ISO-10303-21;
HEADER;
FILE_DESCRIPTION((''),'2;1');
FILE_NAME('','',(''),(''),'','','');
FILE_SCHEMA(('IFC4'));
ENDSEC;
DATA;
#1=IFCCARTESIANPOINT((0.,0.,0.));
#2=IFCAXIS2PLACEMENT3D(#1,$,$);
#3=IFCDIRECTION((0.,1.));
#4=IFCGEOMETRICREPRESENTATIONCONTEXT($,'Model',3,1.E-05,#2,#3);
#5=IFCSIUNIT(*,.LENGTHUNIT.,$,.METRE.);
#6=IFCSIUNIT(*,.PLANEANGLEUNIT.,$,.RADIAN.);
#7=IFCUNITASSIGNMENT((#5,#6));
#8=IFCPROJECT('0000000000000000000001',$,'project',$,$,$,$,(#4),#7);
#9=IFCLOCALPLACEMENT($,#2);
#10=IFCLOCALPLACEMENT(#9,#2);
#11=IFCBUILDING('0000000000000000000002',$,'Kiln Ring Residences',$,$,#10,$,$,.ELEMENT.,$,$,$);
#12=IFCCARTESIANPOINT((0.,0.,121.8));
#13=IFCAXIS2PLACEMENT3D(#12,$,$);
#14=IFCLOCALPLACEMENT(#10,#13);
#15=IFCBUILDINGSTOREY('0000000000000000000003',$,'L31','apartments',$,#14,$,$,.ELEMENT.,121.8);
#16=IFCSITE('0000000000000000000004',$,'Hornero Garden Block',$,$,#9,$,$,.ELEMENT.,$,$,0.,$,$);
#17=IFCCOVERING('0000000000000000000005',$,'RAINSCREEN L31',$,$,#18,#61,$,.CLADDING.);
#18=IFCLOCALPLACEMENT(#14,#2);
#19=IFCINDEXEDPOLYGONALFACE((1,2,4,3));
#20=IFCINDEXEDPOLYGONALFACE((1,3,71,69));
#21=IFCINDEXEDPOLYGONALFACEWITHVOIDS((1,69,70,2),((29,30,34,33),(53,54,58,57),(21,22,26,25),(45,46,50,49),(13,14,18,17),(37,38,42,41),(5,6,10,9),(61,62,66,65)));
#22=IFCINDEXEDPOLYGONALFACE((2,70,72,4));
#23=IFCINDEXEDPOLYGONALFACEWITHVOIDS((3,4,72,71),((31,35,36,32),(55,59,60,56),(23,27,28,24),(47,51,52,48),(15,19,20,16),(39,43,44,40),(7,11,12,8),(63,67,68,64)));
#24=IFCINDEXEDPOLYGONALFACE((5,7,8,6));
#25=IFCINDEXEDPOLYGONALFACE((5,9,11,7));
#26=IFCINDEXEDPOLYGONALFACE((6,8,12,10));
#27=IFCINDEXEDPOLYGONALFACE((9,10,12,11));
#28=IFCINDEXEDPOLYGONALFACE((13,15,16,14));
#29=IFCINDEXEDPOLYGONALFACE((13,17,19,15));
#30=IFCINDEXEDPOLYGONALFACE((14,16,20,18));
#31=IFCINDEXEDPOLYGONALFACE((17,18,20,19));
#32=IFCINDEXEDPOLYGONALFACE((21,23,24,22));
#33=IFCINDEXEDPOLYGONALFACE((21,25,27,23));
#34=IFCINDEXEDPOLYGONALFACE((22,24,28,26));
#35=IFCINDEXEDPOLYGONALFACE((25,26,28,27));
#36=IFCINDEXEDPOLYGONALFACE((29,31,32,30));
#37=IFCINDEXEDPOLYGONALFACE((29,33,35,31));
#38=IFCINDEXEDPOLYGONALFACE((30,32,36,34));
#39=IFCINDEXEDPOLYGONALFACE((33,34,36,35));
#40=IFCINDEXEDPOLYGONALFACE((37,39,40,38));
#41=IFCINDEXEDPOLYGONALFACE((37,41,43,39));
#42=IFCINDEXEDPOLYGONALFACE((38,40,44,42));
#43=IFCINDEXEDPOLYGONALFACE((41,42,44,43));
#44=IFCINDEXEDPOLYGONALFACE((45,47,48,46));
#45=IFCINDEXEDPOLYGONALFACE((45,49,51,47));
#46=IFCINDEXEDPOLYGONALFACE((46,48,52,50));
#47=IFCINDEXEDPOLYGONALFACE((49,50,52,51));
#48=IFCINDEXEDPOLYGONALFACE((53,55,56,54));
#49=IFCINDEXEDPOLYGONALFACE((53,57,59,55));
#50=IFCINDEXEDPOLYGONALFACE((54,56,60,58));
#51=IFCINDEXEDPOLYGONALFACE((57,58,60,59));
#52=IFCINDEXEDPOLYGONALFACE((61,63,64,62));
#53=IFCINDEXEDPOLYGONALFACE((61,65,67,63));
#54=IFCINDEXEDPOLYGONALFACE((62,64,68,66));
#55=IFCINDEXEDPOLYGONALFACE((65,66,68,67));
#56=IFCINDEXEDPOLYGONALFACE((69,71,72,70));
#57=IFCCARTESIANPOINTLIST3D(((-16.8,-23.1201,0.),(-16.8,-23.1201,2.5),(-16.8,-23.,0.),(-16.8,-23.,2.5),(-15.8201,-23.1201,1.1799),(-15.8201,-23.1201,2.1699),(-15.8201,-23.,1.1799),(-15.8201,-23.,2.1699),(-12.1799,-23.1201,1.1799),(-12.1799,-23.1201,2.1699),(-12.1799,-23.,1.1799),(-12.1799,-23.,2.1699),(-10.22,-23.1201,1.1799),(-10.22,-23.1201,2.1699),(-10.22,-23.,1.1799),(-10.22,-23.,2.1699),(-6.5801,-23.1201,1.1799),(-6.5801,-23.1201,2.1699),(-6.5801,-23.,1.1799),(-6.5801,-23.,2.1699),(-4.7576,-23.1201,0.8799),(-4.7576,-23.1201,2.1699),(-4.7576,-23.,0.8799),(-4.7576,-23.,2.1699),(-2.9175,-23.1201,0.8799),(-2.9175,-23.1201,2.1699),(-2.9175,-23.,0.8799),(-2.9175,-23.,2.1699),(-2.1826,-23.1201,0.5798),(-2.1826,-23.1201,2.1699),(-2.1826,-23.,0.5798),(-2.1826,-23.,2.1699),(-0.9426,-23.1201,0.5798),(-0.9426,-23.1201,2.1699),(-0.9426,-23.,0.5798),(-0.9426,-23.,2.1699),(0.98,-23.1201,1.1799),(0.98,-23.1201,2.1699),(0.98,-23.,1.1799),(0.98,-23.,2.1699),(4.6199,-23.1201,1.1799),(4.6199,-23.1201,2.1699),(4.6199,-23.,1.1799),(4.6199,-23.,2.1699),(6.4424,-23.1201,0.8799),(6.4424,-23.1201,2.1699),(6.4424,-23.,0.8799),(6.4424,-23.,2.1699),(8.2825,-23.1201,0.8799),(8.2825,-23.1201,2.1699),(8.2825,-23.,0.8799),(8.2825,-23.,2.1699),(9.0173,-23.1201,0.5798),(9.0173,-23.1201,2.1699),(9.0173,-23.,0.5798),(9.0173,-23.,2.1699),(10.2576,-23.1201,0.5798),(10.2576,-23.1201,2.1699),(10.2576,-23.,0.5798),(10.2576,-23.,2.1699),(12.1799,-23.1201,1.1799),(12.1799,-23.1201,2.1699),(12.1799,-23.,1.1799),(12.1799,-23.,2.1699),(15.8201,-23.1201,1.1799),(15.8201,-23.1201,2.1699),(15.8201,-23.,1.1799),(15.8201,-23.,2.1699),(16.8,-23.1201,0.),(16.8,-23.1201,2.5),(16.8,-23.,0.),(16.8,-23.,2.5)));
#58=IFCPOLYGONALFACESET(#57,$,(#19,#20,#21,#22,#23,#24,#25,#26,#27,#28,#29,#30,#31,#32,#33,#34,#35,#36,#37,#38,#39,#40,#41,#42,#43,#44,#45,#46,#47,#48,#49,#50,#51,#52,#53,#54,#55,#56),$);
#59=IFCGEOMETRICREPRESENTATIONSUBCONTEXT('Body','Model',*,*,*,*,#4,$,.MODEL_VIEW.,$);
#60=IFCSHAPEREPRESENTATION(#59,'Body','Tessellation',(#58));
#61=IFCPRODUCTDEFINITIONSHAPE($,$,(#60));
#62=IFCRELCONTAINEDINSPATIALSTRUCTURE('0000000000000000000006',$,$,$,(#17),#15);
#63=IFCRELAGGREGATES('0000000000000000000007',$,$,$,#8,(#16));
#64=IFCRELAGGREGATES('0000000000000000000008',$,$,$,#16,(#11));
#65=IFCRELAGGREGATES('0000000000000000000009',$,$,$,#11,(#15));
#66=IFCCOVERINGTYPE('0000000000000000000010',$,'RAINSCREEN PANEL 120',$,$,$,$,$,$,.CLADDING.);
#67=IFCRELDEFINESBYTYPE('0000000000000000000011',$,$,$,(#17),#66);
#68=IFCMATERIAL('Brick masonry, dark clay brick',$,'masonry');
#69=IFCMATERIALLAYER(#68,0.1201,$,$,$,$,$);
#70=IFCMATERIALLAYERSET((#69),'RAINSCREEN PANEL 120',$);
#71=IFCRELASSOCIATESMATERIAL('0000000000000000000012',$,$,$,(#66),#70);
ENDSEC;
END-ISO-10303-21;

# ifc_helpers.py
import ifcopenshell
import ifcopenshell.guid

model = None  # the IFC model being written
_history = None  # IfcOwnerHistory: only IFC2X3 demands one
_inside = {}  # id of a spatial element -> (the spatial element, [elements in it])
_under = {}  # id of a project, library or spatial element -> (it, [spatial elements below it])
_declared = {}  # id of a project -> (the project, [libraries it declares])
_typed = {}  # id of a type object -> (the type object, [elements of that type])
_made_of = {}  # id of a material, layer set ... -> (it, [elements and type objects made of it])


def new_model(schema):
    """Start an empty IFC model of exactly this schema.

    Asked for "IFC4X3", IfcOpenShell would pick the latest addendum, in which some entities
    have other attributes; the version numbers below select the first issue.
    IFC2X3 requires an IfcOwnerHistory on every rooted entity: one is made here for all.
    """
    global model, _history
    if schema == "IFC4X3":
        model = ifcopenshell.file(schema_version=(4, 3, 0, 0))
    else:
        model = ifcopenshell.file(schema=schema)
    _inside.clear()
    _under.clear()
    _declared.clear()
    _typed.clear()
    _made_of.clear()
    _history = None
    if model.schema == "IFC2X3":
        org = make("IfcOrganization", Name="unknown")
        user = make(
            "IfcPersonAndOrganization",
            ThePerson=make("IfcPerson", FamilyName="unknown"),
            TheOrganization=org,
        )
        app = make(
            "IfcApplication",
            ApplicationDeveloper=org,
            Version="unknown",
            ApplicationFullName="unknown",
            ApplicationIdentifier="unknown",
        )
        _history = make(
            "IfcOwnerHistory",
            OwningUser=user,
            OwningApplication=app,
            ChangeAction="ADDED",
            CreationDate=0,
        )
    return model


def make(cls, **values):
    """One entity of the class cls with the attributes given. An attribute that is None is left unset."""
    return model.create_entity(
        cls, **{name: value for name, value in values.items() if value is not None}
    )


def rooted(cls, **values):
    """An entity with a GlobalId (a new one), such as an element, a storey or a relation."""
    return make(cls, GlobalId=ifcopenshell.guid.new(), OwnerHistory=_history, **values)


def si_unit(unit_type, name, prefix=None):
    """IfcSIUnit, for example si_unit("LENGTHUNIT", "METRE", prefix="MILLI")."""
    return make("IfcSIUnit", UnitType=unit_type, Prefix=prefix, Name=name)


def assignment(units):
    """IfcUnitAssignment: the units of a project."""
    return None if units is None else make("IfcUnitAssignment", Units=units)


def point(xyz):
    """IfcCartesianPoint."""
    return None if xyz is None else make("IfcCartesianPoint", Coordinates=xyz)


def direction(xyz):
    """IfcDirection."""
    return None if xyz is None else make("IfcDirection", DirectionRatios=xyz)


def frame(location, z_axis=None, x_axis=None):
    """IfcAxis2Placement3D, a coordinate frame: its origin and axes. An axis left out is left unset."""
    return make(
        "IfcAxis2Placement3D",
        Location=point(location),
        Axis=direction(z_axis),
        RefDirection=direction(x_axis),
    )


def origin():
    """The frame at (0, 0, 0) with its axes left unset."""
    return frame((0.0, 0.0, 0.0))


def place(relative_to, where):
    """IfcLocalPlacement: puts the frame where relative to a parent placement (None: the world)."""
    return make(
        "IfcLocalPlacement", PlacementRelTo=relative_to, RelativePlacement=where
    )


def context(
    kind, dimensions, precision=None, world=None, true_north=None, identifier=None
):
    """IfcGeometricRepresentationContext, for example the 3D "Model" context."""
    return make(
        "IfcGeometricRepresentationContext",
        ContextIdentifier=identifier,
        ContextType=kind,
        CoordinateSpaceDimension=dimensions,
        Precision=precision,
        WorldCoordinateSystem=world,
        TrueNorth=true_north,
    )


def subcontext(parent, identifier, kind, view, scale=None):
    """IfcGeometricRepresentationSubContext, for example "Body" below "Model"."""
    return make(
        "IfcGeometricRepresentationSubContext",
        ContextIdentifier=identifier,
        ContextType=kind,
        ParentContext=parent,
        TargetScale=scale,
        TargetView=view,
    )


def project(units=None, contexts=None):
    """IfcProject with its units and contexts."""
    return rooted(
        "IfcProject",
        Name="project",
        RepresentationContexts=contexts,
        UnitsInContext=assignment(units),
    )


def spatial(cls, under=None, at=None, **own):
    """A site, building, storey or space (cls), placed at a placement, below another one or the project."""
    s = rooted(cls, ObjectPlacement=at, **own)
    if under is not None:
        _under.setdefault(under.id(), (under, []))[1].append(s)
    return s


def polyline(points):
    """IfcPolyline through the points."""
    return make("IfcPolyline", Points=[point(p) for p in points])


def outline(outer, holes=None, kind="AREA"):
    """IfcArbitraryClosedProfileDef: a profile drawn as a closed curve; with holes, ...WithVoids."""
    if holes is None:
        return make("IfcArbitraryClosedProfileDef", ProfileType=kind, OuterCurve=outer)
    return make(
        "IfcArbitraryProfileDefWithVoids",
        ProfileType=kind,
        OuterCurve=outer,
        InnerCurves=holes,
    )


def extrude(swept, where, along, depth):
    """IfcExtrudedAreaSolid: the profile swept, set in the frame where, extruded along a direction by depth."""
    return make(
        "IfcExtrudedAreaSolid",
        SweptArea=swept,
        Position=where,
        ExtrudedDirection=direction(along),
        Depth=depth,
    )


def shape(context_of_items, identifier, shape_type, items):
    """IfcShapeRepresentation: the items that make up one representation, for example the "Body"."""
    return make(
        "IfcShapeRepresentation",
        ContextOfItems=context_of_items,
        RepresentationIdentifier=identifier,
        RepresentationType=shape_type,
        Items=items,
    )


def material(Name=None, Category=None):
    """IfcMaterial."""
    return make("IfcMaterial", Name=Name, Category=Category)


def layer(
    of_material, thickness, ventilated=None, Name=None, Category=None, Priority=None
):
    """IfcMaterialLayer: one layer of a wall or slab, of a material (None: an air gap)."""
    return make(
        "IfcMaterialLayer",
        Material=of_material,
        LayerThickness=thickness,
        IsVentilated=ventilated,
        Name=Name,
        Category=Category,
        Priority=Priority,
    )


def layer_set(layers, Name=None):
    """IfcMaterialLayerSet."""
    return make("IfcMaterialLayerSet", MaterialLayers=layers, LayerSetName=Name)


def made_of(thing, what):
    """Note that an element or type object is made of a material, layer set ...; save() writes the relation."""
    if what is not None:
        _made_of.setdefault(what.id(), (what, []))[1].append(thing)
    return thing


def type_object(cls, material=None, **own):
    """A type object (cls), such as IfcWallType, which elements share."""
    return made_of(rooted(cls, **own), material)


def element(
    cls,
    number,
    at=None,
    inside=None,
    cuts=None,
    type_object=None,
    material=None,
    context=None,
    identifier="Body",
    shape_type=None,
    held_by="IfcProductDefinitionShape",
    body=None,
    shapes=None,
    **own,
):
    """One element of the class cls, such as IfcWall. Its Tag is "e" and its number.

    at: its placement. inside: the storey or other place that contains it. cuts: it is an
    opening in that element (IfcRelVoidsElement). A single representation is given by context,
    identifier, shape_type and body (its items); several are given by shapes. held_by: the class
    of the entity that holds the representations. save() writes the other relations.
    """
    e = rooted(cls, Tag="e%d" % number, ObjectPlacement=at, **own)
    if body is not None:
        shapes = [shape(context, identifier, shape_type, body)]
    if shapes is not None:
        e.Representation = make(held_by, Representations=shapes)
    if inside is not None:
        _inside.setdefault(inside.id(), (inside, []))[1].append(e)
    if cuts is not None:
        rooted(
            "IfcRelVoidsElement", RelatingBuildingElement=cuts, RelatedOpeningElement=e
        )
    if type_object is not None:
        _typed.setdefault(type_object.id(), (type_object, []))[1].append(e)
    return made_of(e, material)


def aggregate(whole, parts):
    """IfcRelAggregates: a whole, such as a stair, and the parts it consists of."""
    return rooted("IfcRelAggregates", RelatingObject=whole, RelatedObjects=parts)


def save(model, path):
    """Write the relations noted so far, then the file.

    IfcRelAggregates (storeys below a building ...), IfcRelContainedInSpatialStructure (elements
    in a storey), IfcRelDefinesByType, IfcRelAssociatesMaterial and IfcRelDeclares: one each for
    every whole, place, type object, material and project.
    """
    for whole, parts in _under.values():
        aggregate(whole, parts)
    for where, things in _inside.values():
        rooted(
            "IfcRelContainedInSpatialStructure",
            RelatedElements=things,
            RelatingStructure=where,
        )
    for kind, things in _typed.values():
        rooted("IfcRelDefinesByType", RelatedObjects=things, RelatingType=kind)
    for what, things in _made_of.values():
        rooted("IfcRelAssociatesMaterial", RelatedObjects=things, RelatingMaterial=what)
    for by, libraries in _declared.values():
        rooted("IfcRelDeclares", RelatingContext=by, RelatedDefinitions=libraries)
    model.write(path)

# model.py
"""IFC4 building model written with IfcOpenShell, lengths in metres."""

from ifc_helpers import new_model, si_unit, direction, frame, origin, place, context, subcontext, project, spatial, polyline, outline, extrude, material, layer, layer_set, type_object, element, save


model = new_model("IFC4")

# Units and contexts
model_context = context("Model", 3, precision=1e-05, world=origin(), true_north=direction((0.0, 1.0)))
body_context = subcontext(model_context, "Body", "Model", "MODEL_VIEW")
ifc_project = project(units=[si_unit("LENGTHUNIT", "METRE"), si_unit("PLANEANGLEUNIT", "RADIAN")], contexts=[model_context])

# Site, building, storey
site_placement = place(None, origin())
site = spatial("IfcSite", under=ifc_project, at=site_placement, Name="Hornero Garden Block", CompositionType="ELEMENT", RefElevation=0.0)
building_placement = place(site_placement, origin())
building = spatial("IfcBuilding", under=site, at=building_placement, Name="Kiln Ring Residences", CompositionType="ELEMENT")
storey_placement = place(building_placement, frame((0.0, 0.0, 121.8)))
storey = spatial("IfcBuildingStorey", under=building, at=storey_placement, Name="L31", Description="apartments", CompositionType="ELEMENT", Elevation=121.8)

# Covering
ifc_material_1 = material(Name="Brick masonry, dark clay brick", Category="masonry")
ifc_layer_1 = layer(ifc_material_1, 0.1201)
ifc_layer_set_1 = layer_set([ifc_layer_1], Name="RAINSCREEN PANEL 120")
covering_type = type_object("IfcCoveringType", Name="RAINSCREEN PANEL 120", PredefinedType="CLADDING", material=ifc_layer_set_1)
covering_placement = place(storey_placement, frame((-16.8, -23.0601, 0.0), z_axis=(0.0, 0.0, 1.0), x_axis=(1.0, 0.0, 0.0)))
element("IfcCovering", 1, at=covering_placement, inside=storey, type_object=covering_type, Name="RAINSCREEN L31", PredefinedType="CLADDING", context=body_context, shape_type="SweptSolid", body=[
    extrude(outline(polyline([(0.0, 0.0), (33.6001, 0.0), (33.6001, 2.5), (0.0, 2.5), (0.0, 0.0)]), holes=[polyline([(14.6174, 0.5798), (15.8574, 0.5798), (15.8574, 2.1699), (14.6174, 2.1699), (14.6174, 0.5798)]), polyline([(25.8174, 0.5798), (27.0576, 0.5798), (27.0576, 2.1699), (25.8174, 2.1699), (25.8174, 0.5798)]), polyline([(12.0425, 0.8799), (13.8826, 0.8799), (13.8826, 2.1699), (12.0425, 2.1699), (12.0425, 0.8799)]), polyline([(23.2424, 0.8799), (25.0825, 0.8799), (25.0825, 2.1699), (23.2424, 2.1699), (23.2424, 0.8799)]), polyline([(0.98, 1.1799), (4.6201, 1.1799), (4.6201, 2.1699), (0.98, 2.1699), (0.98, 1.1799)]), polyline([(6.5801, 1.1799), (10.22, 1.1799), (10.22, 2.1699), (6.5801, 2.1699), (6.5801, 1.1799)]), polyline([(17.78, 1.1799), (21.4199, 1.1799), (21.4199, 2.1699), (17.78, 2.1699), (17.78, 1.1799)]), polyline([(28.98, 1.1799), (32.6201, 1.1799), (32.6201, 2.1699), (28.98, 2.1699), (28.98, 1.1799)])]), frame((0.0, 0.0601, 0.0), z_axis=(0.0, -1.0, 0.0), x_axis=(1.0, 0.0, 0.0)), (0.0, 0.0, 1.0), 0.1201),
])

save(model, "model.ifc")
